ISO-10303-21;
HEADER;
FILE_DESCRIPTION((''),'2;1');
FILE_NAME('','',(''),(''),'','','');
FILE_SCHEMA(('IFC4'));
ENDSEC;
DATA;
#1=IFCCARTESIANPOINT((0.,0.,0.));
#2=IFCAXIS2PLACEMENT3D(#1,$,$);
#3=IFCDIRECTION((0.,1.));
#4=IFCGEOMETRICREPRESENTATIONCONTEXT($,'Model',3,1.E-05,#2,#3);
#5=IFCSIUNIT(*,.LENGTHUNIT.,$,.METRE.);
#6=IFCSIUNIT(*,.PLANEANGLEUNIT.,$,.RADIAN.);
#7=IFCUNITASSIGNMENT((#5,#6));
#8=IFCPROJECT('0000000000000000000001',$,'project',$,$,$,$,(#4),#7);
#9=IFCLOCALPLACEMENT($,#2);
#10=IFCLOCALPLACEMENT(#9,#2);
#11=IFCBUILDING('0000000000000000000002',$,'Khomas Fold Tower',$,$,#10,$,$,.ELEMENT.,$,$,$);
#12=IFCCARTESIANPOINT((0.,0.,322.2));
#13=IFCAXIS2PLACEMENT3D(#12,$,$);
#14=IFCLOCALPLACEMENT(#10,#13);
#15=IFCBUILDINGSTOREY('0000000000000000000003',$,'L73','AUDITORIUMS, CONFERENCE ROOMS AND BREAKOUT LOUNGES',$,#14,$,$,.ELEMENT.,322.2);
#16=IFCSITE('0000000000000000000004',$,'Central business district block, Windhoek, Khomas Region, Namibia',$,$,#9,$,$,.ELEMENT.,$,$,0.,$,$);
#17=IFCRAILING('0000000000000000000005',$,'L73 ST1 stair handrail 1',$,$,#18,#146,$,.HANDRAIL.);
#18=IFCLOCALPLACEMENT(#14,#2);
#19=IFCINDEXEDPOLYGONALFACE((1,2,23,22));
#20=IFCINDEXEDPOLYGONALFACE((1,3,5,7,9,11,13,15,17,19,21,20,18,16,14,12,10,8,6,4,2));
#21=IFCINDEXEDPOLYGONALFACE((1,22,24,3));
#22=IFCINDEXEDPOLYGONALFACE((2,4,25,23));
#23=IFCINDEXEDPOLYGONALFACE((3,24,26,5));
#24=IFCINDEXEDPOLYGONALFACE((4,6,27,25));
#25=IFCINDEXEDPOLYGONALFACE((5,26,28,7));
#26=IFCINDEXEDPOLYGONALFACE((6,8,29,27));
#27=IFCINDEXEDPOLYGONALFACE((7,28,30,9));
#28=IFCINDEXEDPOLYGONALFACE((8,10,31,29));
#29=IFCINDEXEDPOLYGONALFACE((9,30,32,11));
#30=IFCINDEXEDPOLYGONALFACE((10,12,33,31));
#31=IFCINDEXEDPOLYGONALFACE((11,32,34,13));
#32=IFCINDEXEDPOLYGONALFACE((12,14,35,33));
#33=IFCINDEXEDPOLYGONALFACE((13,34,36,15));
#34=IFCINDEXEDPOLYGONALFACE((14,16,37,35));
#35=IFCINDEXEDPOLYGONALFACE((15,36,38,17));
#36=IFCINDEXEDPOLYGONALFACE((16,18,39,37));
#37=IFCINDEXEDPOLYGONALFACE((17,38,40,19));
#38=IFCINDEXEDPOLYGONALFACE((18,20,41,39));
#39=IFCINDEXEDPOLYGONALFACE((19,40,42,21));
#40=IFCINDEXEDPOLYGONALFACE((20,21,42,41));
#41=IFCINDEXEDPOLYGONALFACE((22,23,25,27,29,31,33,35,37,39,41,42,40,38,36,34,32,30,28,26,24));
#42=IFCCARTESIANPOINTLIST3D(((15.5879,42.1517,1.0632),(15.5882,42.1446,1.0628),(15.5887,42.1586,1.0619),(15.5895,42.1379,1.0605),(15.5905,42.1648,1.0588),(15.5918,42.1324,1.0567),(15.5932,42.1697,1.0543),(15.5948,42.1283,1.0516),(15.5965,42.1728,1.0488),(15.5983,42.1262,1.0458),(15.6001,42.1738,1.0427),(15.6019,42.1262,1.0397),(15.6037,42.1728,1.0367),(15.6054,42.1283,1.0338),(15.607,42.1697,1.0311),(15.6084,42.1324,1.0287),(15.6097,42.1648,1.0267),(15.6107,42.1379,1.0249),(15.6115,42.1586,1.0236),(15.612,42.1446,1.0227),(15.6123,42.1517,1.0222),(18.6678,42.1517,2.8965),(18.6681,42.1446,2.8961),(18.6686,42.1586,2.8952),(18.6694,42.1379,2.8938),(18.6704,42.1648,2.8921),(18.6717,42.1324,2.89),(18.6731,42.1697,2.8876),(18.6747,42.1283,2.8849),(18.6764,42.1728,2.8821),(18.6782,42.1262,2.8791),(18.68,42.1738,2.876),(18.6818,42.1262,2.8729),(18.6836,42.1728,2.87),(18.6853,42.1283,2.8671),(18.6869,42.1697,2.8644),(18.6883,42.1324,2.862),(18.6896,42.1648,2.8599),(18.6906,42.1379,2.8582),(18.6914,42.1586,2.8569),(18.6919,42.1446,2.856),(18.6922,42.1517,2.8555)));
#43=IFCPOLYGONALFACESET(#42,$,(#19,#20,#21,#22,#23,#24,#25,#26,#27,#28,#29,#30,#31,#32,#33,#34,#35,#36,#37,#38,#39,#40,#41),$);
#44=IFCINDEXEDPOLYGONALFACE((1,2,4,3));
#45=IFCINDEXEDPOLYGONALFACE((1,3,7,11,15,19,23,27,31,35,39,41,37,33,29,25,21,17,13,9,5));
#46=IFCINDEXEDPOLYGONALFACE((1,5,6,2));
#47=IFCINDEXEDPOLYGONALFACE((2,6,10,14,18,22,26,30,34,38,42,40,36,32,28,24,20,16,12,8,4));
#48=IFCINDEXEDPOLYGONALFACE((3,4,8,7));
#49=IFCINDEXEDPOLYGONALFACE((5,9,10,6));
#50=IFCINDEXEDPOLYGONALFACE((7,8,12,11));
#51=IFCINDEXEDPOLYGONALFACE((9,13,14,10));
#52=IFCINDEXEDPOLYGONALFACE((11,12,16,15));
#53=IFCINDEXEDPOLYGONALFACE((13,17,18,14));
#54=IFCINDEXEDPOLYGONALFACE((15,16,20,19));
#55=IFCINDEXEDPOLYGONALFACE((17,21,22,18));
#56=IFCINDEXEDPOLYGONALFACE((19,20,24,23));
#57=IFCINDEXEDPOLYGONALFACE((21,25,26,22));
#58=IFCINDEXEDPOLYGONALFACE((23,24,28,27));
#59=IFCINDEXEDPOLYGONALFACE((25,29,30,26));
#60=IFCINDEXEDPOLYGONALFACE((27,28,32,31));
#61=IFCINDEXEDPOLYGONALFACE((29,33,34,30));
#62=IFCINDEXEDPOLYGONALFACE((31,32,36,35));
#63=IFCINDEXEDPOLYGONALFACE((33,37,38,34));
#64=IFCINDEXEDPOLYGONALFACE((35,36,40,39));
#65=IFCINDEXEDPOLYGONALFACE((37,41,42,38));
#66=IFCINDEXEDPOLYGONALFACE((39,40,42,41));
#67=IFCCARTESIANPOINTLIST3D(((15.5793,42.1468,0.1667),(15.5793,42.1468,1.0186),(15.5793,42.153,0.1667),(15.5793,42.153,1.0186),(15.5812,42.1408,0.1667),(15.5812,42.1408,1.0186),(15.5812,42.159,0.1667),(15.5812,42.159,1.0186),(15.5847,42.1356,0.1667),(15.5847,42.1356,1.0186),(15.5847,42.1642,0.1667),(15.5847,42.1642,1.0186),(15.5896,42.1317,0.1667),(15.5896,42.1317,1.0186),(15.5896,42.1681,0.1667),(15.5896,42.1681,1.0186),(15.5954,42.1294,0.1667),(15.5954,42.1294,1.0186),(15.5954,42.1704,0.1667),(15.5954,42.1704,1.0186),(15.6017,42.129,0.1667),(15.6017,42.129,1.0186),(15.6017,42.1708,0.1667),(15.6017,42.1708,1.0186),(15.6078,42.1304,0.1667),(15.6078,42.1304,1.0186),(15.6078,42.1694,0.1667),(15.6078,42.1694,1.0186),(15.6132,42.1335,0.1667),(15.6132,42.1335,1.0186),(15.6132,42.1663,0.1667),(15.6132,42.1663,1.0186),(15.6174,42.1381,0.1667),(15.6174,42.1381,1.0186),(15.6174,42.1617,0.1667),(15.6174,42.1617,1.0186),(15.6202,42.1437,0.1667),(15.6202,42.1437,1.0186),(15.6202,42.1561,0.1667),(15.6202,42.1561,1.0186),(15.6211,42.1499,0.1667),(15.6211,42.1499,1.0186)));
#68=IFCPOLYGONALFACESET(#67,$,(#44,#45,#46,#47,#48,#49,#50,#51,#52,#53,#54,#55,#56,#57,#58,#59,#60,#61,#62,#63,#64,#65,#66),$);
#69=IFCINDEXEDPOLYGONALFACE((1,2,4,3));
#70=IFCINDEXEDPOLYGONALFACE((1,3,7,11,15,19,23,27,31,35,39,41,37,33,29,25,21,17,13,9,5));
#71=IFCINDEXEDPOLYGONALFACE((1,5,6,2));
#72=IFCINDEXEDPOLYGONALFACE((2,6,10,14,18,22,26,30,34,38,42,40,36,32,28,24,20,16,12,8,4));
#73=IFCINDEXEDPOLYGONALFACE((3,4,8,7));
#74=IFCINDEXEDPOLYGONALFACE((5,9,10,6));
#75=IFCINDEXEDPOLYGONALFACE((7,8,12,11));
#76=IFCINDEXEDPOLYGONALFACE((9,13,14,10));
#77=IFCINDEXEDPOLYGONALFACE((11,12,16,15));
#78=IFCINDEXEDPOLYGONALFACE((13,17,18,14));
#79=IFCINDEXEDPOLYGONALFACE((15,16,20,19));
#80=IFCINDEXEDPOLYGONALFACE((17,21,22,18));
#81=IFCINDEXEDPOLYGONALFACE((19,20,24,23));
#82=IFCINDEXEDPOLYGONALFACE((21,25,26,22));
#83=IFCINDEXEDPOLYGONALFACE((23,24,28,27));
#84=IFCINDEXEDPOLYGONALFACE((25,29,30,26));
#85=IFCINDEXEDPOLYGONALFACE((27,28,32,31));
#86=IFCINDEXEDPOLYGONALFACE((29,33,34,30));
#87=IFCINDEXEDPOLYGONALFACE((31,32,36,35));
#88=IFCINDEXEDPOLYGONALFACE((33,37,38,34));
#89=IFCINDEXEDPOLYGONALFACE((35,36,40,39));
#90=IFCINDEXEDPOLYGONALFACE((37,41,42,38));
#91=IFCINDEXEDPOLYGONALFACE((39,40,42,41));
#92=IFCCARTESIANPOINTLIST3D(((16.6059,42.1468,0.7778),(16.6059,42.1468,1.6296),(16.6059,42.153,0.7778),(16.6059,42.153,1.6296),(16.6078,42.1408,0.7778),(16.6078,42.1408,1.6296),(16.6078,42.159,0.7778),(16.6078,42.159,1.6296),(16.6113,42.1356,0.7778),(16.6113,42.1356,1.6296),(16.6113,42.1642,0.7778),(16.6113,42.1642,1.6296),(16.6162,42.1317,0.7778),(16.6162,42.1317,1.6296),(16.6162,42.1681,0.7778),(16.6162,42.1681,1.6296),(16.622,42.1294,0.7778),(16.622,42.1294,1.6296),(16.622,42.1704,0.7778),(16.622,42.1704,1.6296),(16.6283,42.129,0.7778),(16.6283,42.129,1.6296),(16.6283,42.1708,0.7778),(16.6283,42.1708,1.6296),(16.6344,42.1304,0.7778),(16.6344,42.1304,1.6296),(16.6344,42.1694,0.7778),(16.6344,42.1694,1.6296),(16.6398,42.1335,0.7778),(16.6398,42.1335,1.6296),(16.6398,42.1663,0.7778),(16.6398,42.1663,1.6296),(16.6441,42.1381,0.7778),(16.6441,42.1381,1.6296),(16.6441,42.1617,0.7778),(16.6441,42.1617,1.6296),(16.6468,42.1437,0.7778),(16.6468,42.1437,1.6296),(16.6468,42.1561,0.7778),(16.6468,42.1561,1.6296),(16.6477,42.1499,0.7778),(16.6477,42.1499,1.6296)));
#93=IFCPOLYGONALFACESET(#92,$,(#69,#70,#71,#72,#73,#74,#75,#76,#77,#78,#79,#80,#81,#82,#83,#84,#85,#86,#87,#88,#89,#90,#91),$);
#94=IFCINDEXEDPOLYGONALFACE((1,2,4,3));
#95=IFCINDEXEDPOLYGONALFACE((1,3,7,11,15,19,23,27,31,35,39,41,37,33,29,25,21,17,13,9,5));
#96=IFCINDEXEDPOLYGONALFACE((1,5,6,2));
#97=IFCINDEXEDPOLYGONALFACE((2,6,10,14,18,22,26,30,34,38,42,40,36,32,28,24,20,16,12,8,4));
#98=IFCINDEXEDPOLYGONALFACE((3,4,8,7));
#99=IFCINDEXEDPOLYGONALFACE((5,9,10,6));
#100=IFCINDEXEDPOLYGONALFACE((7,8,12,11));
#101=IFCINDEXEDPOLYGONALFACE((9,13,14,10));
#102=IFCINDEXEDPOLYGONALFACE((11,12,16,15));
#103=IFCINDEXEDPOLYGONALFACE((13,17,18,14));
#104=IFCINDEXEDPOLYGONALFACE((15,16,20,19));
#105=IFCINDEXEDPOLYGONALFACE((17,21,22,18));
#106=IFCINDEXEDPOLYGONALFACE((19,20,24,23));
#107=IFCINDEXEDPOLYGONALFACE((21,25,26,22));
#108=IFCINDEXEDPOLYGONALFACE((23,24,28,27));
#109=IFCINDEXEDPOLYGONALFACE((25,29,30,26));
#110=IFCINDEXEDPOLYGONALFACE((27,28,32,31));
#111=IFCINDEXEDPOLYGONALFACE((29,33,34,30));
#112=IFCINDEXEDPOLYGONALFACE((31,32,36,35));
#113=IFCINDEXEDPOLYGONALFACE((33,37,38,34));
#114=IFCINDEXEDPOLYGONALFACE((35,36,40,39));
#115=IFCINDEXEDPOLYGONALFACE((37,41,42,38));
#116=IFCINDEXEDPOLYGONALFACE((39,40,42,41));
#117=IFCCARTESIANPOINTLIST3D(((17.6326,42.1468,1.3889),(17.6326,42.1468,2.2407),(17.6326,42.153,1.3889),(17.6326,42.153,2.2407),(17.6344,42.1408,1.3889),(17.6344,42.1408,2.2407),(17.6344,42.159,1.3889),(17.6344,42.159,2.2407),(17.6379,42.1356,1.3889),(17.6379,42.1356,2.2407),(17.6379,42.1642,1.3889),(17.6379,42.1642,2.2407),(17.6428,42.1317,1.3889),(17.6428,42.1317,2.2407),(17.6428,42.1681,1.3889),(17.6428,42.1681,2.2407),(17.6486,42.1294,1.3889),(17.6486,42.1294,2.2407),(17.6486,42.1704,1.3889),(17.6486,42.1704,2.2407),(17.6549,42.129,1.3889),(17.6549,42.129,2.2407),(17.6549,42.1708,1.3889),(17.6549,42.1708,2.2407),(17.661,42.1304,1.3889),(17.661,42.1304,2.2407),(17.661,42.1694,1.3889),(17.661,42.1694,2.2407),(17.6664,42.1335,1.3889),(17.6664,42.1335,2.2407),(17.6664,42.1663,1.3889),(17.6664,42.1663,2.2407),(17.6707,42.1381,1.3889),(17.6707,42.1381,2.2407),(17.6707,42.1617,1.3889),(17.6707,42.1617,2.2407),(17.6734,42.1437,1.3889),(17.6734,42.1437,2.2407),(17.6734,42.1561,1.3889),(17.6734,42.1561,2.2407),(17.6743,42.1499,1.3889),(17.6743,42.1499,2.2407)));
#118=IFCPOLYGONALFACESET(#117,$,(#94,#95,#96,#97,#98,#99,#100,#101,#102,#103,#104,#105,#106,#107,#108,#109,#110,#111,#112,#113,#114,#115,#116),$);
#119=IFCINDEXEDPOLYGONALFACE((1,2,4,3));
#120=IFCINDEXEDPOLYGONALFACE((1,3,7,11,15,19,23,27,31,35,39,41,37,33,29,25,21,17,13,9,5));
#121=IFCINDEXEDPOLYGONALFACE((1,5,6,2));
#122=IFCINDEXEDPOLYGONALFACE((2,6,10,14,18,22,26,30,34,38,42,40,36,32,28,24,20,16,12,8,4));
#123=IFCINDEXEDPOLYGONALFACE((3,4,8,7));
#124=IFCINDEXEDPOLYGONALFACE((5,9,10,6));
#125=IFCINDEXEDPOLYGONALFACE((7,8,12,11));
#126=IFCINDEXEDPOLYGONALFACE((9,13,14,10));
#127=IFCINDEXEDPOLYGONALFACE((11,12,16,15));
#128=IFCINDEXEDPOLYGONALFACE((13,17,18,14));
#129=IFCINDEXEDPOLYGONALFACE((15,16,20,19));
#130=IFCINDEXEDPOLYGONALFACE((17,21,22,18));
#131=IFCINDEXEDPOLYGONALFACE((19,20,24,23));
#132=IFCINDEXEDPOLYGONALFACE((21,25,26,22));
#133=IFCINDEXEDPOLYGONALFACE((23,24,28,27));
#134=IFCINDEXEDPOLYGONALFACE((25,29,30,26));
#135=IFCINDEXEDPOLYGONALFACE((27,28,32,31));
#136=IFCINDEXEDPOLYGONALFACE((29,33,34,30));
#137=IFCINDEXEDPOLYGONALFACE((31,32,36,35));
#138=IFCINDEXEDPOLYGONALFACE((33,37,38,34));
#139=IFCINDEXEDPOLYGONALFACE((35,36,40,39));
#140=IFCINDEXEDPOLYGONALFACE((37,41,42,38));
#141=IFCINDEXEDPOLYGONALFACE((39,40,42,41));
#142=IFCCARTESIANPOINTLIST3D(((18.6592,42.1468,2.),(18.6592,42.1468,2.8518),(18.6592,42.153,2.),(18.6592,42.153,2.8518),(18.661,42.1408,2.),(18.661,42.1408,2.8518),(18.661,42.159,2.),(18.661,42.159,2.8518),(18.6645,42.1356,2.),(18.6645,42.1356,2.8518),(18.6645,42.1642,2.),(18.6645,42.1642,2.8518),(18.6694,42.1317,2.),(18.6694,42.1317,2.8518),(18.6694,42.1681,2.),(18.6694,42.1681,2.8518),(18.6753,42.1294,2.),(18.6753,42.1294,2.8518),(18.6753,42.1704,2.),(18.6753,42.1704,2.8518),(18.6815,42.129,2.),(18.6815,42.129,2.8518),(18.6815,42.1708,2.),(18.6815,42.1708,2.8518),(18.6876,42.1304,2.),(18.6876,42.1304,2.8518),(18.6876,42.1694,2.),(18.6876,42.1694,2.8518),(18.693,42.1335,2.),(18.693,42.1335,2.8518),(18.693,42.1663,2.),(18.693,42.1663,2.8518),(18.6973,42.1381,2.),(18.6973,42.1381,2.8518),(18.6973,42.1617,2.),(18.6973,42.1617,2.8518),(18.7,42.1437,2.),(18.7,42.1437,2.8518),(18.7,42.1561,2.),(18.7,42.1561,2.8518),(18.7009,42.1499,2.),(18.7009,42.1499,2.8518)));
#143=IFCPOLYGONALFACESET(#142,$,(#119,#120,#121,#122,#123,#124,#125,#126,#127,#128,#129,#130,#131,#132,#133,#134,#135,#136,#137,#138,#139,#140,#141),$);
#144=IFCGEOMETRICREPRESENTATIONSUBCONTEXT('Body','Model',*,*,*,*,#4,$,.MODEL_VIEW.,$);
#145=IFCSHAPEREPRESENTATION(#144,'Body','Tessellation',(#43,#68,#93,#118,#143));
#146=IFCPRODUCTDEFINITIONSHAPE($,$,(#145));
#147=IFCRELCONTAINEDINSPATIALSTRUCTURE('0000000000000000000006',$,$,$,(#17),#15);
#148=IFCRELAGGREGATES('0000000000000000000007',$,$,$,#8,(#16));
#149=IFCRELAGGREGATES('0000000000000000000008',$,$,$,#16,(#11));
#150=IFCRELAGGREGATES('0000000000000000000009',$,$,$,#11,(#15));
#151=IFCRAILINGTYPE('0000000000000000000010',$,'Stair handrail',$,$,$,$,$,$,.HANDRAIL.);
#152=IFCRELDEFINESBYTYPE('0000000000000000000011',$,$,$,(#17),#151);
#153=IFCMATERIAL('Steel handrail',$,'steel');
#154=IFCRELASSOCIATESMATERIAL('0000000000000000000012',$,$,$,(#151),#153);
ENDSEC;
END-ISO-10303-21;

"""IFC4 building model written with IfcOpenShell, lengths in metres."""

from ifc_helpers import new_model, si_unit, direction, frame, origin, origin_2d, place, context, subcontext, project, spatial, circle, extrude, source, transform, mapped, material, type_object, element, save


model = new_model("IFC4")

# Units and contexts
model_context = context("Model", 3, precision=1e-05, world=origin(), true_north=direction((0.0, 1.0)))
body_context = subcontext(model_context, "Body", "Model", "MODEL_VIEW")
ifc_project = project(units=[si_unit("LENGTHUNIT", "METRE"), si_unit("PLANEANGLEUNIT", "RADIAN")], contexts=[model_context])

# Site, building, storey
site_placement = place(None, origin())
site = spatial("IfcSite", under=ifc_project, at=site_placement, Name="Central business district block, Windhoek, Khomas Region, Namibia", CompositionType="ELEMENT", RefElevation=0.0)
building_placement = place(site_placement, origin())
building = spatial("IfcBuilding", under=site, at=building_placement, Name="Khomas Fold Tower", CompositionType="ELEMENT")
storey_placement = place(building_placement, frame((0.0, 0.0, 322.2)))
storey = spatial("IfcBuildingStorey", under=building, at=storey_placement, Name="L73", Description="AUDITORIUMS, CONFERENCE ROOMS AND BREAKOUT LOUNGES", CompositionType="ELEMENT", Elevation=322.2)

# Railing
ifc_material_1 = material(Name="Steel handrail", Category="steel")
railing_type_1 = type_object("IfcRailingType", Name="Stair handrail", PredefinedType="HANDRAIL", material=ifc_material_1)
shared_shape_1 = source(origin(), body_context, "Body", "SweptSolid", [
    extrude(circle(Radius=0.0239, at=origin_2d()), frame((0.0, 0.0, 0.876), z_axis=(0.859291, 0.0, 0.511487), x_axis=(0.0, 1.0, 0.0)), (0.0, 0.0, 1.0), 3.5842),
    extrude(circle(Radius=0.021, at=origin_2d()), origin(), (0.0, 0.0, 1.0), 0.8518),
    extrude(circle(Radius=0.021, at=origin_2d()), frame((1.0266, 0.0, 0.6111)), (0.0, 0.0, 1.0), 0.8518),
    extrude(circle(Radius=0.021, at=origin_2d()), frame((2.0532, 0.0, 1.2222)), (0.0, 0.0, 1.0), 0.8518),
    extrude(circle(Radius=0.021, at=origin_2d()), frame((3.0798, 0.0, 1.8333)), (0.0, 0.0, 1.0), 0.8518),
])
railing_1_placement = place(storey_placement, frame((15.6001, 42.1499, 0.1667)))
element("IfcRailing", 1, at=railing_1_placement, inside=storey, type_object=railing_type_1, Name="L73 ST1 stair handrail 1", PredefinedType="HANDRAIL", context=body_context, shape_type="MappedRepresentation", body=[
    mapped(shared_shape_1, transform((0.0, 0.0, 0.0))),
])

save(model, "model.ifc")
